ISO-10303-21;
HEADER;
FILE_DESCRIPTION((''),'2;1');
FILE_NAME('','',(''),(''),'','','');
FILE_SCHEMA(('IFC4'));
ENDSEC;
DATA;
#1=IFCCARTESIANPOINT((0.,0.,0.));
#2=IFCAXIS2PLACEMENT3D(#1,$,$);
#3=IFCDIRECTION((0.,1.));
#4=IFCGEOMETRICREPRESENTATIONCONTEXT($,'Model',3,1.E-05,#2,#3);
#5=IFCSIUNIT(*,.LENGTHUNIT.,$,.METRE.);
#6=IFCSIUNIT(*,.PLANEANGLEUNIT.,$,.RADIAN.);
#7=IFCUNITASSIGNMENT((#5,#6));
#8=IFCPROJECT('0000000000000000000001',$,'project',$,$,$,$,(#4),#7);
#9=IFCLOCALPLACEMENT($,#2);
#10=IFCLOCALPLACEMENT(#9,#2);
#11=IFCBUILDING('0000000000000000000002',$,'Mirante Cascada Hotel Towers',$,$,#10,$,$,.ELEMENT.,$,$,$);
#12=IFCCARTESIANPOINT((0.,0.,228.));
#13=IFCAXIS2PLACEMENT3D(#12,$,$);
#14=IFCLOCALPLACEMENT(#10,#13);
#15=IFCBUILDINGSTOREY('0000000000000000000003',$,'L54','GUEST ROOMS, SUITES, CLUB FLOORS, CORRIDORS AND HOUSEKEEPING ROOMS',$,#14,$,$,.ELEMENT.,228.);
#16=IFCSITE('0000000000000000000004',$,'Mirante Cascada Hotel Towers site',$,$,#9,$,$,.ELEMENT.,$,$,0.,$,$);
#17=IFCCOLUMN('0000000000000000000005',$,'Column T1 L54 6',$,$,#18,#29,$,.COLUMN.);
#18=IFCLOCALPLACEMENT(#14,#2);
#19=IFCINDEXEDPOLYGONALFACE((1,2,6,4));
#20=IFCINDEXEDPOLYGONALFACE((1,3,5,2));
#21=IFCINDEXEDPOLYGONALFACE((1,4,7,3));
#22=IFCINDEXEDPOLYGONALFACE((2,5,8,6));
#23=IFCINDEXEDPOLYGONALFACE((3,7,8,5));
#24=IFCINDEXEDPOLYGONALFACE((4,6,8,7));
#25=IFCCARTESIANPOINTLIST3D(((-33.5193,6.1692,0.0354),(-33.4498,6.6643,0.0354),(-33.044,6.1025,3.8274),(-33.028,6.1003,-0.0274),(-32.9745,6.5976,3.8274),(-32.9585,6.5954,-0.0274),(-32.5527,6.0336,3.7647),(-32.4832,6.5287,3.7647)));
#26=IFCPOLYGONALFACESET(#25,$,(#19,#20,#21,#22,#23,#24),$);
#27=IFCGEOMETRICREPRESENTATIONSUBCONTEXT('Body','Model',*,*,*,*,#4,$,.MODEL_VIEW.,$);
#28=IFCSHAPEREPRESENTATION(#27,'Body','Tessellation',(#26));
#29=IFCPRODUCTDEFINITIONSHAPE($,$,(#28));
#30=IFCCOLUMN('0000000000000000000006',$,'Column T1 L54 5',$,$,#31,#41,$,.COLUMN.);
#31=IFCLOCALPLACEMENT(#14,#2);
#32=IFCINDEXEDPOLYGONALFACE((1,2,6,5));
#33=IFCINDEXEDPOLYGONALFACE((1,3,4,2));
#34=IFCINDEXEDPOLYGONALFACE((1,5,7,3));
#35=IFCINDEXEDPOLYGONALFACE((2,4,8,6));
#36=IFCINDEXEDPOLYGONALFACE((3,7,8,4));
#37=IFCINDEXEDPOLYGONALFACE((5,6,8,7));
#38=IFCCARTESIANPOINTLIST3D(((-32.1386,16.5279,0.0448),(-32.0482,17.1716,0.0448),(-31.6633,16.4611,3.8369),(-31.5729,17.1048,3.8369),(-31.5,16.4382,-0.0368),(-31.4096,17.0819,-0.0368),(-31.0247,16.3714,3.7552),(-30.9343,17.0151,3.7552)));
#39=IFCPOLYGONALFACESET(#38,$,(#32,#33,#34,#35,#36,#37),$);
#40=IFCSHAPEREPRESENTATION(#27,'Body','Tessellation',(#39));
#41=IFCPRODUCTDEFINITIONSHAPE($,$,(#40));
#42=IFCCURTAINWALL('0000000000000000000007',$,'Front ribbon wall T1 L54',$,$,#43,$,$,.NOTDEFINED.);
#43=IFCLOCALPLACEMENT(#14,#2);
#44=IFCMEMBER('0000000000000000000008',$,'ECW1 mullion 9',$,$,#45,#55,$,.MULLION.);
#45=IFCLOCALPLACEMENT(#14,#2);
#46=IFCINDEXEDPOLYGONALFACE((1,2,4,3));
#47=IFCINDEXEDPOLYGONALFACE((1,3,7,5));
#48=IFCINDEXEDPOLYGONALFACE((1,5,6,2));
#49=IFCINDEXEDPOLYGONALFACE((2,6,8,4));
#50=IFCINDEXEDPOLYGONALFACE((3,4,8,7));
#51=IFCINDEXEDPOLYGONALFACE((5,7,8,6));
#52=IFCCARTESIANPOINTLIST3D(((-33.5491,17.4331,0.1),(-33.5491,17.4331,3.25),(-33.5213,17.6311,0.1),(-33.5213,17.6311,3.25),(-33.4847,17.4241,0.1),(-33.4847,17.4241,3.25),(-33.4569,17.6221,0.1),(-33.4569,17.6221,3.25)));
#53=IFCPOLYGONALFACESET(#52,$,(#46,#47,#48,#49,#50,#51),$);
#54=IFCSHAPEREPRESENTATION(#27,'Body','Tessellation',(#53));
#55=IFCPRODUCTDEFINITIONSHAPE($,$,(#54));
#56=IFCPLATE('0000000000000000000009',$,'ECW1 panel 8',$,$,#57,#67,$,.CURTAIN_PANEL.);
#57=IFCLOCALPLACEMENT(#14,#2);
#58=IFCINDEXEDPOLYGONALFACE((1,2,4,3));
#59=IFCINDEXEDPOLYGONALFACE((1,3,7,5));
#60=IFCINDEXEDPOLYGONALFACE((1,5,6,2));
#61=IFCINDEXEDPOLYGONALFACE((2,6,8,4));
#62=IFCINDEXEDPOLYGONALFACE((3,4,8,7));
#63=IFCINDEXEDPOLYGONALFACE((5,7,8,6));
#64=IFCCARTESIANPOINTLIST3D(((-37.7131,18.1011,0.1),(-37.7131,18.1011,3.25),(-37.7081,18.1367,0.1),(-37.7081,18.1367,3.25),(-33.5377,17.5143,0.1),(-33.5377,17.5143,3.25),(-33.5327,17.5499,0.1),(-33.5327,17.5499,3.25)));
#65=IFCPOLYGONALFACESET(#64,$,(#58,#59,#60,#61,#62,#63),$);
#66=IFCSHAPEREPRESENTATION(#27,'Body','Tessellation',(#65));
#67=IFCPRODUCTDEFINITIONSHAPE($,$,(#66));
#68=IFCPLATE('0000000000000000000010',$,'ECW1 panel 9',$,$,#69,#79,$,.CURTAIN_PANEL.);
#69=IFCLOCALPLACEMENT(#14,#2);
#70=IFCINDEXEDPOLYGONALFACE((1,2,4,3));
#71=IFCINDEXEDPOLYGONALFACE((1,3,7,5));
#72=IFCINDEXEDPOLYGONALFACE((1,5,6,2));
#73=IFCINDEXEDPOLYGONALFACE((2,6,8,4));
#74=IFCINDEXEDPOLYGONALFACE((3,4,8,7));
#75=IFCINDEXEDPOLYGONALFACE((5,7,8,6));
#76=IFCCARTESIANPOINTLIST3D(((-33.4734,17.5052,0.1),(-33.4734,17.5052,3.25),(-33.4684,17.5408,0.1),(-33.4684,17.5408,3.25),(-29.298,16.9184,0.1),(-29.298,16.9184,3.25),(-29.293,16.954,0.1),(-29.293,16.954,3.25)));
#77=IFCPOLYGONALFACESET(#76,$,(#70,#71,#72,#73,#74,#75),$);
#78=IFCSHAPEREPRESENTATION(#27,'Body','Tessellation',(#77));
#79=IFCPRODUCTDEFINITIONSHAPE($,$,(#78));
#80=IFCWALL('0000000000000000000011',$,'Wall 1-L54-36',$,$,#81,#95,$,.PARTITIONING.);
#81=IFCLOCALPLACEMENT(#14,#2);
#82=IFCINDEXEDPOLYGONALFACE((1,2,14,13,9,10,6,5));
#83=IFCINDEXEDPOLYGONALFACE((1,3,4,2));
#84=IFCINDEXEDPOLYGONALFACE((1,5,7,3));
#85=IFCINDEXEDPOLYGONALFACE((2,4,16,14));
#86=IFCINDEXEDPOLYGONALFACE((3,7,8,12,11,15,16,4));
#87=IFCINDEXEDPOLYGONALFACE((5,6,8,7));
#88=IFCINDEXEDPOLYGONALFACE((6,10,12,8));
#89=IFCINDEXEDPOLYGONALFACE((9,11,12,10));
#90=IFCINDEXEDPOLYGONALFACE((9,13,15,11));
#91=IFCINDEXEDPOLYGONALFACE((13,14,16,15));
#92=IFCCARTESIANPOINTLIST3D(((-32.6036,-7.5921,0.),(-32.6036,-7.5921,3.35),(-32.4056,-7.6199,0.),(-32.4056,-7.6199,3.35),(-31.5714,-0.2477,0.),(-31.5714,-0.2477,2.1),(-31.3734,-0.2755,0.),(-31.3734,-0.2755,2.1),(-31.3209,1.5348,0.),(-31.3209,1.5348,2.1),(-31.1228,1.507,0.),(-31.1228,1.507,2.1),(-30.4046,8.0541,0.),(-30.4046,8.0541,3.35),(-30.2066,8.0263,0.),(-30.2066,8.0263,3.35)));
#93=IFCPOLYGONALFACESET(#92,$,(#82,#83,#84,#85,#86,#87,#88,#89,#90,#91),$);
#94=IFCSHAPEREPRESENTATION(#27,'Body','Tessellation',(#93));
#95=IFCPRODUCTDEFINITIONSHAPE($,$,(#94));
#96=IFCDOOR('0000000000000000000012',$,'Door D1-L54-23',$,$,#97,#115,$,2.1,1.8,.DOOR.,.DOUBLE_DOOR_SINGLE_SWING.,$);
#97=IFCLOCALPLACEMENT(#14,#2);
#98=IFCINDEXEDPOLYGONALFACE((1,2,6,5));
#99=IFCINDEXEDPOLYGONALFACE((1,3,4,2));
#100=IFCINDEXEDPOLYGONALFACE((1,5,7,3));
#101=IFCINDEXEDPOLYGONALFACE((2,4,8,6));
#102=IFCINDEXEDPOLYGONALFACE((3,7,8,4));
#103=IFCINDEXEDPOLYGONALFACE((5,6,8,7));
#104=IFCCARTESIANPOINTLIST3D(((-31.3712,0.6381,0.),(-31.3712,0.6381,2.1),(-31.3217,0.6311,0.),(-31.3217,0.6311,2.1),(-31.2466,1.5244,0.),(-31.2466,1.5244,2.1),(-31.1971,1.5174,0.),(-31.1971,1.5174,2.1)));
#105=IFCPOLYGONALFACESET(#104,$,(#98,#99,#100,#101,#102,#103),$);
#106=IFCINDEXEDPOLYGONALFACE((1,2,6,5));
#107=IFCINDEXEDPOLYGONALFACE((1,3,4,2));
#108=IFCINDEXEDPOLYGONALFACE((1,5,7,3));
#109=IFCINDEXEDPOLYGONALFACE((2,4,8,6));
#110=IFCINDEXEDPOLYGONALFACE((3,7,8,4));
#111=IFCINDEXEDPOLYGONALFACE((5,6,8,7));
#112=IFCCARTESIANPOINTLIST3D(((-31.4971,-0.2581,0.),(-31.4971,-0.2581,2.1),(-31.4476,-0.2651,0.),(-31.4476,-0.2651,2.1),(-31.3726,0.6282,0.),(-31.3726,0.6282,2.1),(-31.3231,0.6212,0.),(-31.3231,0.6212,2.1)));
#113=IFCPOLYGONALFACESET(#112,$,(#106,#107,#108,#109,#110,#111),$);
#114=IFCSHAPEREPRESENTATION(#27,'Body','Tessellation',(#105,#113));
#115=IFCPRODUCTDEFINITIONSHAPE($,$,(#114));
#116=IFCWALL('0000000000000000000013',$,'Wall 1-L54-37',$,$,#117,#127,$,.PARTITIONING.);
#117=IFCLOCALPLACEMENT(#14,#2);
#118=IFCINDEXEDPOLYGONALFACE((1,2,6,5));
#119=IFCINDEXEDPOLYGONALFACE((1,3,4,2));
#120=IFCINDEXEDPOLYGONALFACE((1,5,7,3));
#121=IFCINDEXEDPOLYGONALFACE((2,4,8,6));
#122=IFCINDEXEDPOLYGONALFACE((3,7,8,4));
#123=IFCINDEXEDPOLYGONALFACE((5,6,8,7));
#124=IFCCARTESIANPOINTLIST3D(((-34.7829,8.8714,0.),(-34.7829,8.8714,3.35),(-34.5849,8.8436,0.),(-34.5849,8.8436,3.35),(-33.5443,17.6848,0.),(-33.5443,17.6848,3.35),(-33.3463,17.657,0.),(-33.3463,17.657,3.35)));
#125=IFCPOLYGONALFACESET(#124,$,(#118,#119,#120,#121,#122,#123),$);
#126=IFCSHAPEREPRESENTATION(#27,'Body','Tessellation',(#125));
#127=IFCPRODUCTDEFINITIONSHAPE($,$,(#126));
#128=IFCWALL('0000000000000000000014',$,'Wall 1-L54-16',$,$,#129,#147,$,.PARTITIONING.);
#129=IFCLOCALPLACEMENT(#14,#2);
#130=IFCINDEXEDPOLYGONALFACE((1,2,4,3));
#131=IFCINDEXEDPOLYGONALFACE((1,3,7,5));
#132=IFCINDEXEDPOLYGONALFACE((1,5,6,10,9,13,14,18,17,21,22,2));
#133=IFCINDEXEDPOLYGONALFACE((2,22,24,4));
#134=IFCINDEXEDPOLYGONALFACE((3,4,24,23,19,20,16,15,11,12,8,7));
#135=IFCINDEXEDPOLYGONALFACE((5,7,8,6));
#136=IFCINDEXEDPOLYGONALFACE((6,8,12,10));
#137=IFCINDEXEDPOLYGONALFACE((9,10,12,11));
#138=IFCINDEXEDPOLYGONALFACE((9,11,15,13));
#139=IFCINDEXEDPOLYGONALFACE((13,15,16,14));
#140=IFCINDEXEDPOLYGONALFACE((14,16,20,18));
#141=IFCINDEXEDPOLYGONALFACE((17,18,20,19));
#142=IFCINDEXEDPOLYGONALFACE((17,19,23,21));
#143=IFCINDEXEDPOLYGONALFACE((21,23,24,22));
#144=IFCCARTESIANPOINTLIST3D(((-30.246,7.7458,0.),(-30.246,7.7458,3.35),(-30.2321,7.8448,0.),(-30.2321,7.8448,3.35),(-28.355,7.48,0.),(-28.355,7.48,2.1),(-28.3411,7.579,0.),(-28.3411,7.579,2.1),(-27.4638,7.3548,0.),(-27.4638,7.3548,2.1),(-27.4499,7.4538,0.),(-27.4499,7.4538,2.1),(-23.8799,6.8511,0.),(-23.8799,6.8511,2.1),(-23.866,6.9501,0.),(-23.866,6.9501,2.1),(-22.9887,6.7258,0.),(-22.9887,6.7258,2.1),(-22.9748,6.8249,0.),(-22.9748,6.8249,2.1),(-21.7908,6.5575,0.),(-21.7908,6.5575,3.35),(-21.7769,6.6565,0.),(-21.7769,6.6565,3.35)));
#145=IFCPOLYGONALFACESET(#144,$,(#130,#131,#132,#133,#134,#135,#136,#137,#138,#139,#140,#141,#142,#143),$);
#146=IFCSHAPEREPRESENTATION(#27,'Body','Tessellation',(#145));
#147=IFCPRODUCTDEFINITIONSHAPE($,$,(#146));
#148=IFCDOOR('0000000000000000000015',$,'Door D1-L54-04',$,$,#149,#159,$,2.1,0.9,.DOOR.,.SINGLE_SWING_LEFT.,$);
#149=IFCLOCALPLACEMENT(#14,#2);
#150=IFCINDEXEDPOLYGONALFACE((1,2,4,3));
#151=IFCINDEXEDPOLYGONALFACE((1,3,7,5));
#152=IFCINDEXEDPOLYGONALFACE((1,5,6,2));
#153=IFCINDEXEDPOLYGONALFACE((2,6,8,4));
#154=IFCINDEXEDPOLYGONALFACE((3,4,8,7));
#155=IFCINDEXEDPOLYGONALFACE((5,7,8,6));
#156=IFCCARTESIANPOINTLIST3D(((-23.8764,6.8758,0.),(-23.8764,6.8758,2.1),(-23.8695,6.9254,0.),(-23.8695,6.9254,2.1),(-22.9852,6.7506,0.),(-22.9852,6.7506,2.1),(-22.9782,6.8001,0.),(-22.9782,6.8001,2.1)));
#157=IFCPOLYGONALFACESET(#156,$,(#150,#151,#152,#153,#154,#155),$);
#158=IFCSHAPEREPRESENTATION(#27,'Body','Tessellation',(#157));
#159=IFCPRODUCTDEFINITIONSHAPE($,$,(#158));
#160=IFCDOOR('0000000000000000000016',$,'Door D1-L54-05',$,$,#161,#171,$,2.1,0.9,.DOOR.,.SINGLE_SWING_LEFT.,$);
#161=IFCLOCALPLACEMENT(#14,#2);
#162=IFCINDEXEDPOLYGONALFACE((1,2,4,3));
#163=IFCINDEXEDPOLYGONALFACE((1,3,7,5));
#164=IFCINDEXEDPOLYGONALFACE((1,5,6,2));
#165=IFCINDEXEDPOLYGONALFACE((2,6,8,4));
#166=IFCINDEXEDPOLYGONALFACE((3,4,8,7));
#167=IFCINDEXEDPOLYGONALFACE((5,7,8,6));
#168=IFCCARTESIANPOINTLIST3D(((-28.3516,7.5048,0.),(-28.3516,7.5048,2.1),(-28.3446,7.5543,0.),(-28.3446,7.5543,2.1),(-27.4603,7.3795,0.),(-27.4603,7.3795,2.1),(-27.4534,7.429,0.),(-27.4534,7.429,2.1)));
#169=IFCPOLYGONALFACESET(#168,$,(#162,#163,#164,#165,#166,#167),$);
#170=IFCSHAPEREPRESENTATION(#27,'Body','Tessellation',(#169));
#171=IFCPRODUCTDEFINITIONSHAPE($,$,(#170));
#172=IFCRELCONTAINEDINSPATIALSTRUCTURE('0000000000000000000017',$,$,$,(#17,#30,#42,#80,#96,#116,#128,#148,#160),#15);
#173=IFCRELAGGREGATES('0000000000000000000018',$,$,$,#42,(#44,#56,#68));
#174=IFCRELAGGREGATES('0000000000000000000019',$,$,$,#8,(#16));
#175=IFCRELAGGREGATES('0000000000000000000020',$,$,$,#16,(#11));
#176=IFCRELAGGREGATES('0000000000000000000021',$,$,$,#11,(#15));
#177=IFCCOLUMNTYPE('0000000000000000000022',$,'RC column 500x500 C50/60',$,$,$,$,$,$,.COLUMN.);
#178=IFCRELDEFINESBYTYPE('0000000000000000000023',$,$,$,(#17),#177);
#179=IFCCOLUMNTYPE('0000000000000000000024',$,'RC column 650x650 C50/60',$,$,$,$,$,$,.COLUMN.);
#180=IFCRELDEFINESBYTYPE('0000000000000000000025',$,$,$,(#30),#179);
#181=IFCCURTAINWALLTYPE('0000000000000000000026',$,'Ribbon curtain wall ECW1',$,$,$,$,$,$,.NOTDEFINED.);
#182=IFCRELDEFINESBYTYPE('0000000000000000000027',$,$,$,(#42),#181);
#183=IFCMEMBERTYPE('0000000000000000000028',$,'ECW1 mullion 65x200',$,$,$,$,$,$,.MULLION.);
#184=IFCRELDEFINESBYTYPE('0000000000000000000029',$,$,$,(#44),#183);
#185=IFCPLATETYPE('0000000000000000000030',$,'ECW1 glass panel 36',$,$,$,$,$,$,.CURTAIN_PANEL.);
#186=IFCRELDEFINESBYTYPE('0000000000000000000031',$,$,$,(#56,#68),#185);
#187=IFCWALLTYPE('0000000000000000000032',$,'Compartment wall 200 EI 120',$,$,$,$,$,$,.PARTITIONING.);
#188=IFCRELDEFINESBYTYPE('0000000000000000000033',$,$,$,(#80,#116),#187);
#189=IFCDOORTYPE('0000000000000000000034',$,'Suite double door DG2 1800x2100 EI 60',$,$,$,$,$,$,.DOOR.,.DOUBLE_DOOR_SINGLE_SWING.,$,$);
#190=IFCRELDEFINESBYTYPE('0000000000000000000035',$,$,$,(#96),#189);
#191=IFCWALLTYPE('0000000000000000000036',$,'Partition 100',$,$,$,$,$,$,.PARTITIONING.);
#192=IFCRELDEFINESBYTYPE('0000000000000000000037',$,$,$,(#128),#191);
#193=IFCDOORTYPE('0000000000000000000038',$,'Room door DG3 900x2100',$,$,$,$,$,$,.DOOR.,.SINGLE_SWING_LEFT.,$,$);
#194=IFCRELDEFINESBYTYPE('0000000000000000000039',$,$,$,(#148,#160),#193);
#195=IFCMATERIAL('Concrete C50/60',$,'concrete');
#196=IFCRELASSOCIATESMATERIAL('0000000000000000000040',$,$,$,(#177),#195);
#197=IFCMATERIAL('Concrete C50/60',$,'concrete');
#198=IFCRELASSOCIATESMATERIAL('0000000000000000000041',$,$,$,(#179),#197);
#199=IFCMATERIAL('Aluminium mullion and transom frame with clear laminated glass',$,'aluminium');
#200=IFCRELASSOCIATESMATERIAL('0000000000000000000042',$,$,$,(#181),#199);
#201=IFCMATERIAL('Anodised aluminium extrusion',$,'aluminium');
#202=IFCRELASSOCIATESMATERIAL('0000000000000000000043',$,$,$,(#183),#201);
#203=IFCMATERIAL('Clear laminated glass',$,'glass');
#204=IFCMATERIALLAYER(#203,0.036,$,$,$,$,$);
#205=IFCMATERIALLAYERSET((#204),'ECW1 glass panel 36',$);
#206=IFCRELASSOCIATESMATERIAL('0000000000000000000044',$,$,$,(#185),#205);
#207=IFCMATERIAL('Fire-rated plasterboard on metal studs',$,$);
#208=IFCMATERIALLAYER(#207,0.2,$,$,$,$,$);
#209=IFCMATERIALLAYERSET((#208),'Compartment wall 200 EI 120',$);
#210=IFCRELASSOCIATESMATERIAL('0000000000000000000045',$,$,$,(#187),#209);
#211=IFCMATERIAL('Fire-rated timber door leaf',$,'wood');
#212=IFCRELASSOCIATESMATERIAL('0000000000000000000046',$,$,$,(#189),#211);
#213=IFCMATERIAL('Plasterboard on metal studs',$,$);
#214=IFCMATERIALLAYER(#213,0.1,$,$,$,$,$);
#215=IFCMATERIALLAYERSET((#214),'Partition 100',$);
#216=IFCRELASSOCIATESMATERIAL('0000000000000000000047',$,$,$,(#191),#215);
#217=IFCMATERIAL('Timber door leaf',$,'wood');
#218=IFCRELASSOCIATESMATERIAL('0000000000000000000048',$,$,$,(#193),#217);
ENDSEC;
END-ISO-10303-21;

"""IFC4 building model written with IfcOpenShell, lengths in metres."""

from ifc_helpers import new_model, si_unit, direction, frame, frame_2d, origin, origin_2d, place, context, subcontext, project, spatial, rectangle, extrude, material, layer, layer_set, material_profile, profile_set, type_object, element, fill, aggregate, save


model = new_model("IFC4")

# Units and contexts
model_context = context("Model", 3, precision=1e-05, world=origin(), true_north=direction((0.0, 1.0)))
body_context = subcontext(model_context, "Body", "Model", "MODEL_VIEW")
ifc_project = project(units=[si_unit("LENGTHUNIT", "METRE"), si_unit("PLANEANGLEUNIT", "RADIAN")], contexts=[model_context])

# Site, building, storey
site_placement = place(None, origin())
site = spatial("IfcSite", under=ifc_project, at=site_placement, Name="Mirante Cascada Hotel Towers site", CompositionType="ELEMENT", RefElevation=0.0)
building_placement = place(site_placement, origin())
building = spatial("IfcBuilding", under=site, at=building_placement, Name="Mirante Cascada Hotel Towers", CompositionType="ELEMENT")
storey_placement = place(building_placement, frame((0.0, 0.0, 228.0)))
storey = spatial("IfcBuildingStorey", under=building, at=storey_placement, Name="L54", Description="GUEST ROOMS, SUITES, CLUB FLOORS, CORRIDORS AND HOUSEKEEPING ROOMS", CompositionType="ELEMENT", Elevation=228.0)

# Columns
ifc_material_1 = material(Name="Concrete C50/60", Category="concrete")
ifc_material_profile_1 = material_profile(ifc_material_1, rectangle(XDim=0.5, YDim=0.5, at=origin_2d()), Name="RC column 500x500 C50/60")
ifc_profile_set_1 = profile_set([ifc_material_profile_1], Name="Concrete C50/60")
column_type_1 = type_object("IfcColumnType", Name="RC column 500x500 C50/60", PredefinedType="COLUMN", material=ifc_profile_set_1)
column_1_placement = place(storey_placement, frame((-33.2389, 6.3823, 0.004), z_axis=(0.124351, -0.01745, 0.992085), x_axis=(0.138971, 0.990297, 0.0)))
element("IfcColumn", 1, at=column_1_placement, inside=storey, type_object=column_type_1, Name="Column T1 L54 6", PredefinedType="COLUMN", context=body_context, shape_type="SweptSolid", body=[
    extrude(rectangle(XDim=0.5, YDim=0.5, at=origin_2d()), origin(), (0.0, 0.0, 1.0), 3.8223),
])
ifc_material_2 = material(Name="Concrete C50/60", Category="concrete")
ifc_material_profile_2 = material_profile(ifc_material_2, rectangle(XDim=0.65, YDim=0.65, at=origin_2d()), Name="RC column 650x650 C50/60")
ifc_profile_set_2 = profile_set([ifc_material_profile_2], Name="Concrete C50/60")
column_type_2 = type_object("IfcColumnType", Name="RC column 650x650 C50/60", PredefinedType="COLUMN", material=ifc_profile_set_2)
column_2_placement = place(storey_placement, frame((-31.7741, 16.8049, 0.004), z_axis=(0.124351, -0.017477, 0.992084), x_axis=(0.139175, 0.990268, 0.0)))
element("IfcColumn", 2, at=column_2_placement, inside=storey, type_object=column_type_2, Name="Column T1 L54 5", PredefinedType="COLUMN", context=body_context, shape_type="SweptSolid", body=[
    extrude(rectangle(XDim=0.65, YDim=0.65, at=origin_2d()), origin(), (0.0, 0.0, 1.0), 3.8223),
])

# Curtain wall, member, plates
ifc_material_3 = material(Name="Aluminium mullion and transom frame with clear laminated glass", Category="aluminium")
curtain_wall_type = type_object("IfcCurtainWallType", Name="Ribbon curtain wall ECW1", PredefinedType="NOTDEFINED", material=ifc_material_3)
curtain_wall_placement = place(storey_placement, origin())
curtain_wall = element("IfcCurtainWall", 3, at=curtain_wall_placement, inside=storey, type_object=curtain_wall_type, Name="Front ribbon wall T1 L54", PredefinedType="NOTDEFINED")
ifc_material_4 = material(Name="Anodised aluminium extrusion", Category="aluminium")
ifc_material_profile_3 = material_profile(ifc_material_4, rectangle(XDim=0.2, YDim=0.065, at=origin_2d()), Name="ECW1 MULLION 65x200")
ifc_profile_set_3 = profile_set([ifc_material_profile_3], Name="Anodised aluminium extrusion")
member_type = type_object("IfcMemberType", Name="ECW1 mullion 65x200", PredefinedType="MULLION", material=ifc_profile_set_3)
member_placement = place(storey_placement, frame((-33.503, 17.5276, 0.1), z_axis=(0.0, 0.0, 1.0), x_axis=(0.139173, 0.990268, 0.0)))
member = element("IfcMember", 4, at=member_placement, type_object=member_type, Name="ECW1 mullion 9", PredefinedType="MULLION", context=body_context, shape_type="SweptSolid", body=[
    extrude(rectangle(XDim=0.2, YDim=0.065, at=origin_2d()), origin(), (0.0, 0.0, 1.0), 3.15),
])
ifc_material_5 = material(Name="Clear laminated glass", Category="glass")
ifc_layer_1 = layer(ifc_material_5, 0.036)
ifc_layer_set_1 = layer_set([ifc_layer_1], Name="ECW1 glass panel 36")
plate_type = type_object("IfcPlateType", Name="ECW1 glass panel 36", PredefinedType="CURTAIN_PANEL", material=ifc_layer_set_1)
plate_1_placement = place(storey_placement, frame((-35.6229, 17.8255, 0.1), z_axis=(0.0, 0.0, 1.0), x_axis=(0.990268, -0.139173, 0.0)))
plate_1 = element("IfcPlate", 5, at=plate_1_placement, type_object=plate_type, Name="ECW1 panel 8", PredefinedType="CURTAIN_PANEL", context=body_context, shape_type="SweptSolid", body=[
    extrude(rectangle(XDim=4.2164, YDim=0.036, at=origin_2d()), origin(), (0.0, 0.0, 1.0), 3.15),
])
plate_2_placement = place(storey_placement, frame((-31.3832, 17.2296, 0.1), z_axis=(0.0, 0.0, 1.0), x_axis=(0.990268, -0.139173, 0.0)))
plate_2 = element("IfcPlate", 6, at=plate_2_placement, type_object=plate_type, Name="ECW1 panel 9", PredefinedType="CURTAIN_PANEL", context=body_context, shape_type="SweptSolid", body=[
    extrude(rectangle(XDim=4.2164, YDim=0.036, at=origin_2d()), origin(), (0.0, 0.0, 1.0), 3.15),
])
aggregate(curtain_wall, [member, plate_1, plate_2])

# Wall, opening, door
ifc_material_6 = material(Name="Fire-rated plasterboard on metal studs")
ifc_layer_2 = layer(ifc_material_6, 0.2)
ifc_layer_set_2 = layer_set([ifc_layer_2], Name="Compartment wall 200 EI 120")
wall_type_1 = type_object("IfcWallType", Name="Compartment wall 200 EI 120", PredefinedType="PARTITIONING", material=ifc_layer_set_2)
wall_1_placement = place(storey_placement, frame((-30.3056, 8.0402, 0.0), z_axis=(0.0, 0.0, 1.0), x_axis=(-0.139177, -0.990267, 0.0)))
wall_1 = element("IfcWall", 7, at=wall_1_placement, inside=storey, type_object=wall_type_1, Name="Wall 1-L54-36", PredefinedType="PARTITIONING", context=body_context, shape_type="SweptSolid", body=[
    extrude(rectangle(XDim=15.8, YDim=0.2, at=frame_2d((7.9, 0.0))), origin(), (0.0, 0.0, 1.0), 3.35),
])
opening_1_placement = place(wall_1_placement, frame((6.5834, 0.0, 0.0)))
opening_1 = element("IfcOpeningElement", 8, at=opening_1_placement, cuts=wall_1, PredefinedType="OPENING", context=body_context, shape_type="SweptSolid", body=[
    extrude(rectangle(XDim=1.8, YDim=2.1, at=frame_2d((0.9, 1.05))), frame((0.0, 0.1, 0.0), z_axis=(0.0, -1.0, 0.0), x_axis=(1.0, 0.0, 0.0)), (0.0, 0.0, 1.0), 0.2),
])
ifc_material_7 = material(Name="Fire-rated timber door leaf", Category="wood")
door_type_1 = type_object("IfcDoorType", Name="Suite double door DG2 1800x2100 EI 60", OperationType="DOUBLE_DOOR_SINGLE_SWING", PredefinedType="DOOR", material=ifc_material_7)
door_1_placement = place(opening_1_placement, origin())
door_1 = element("IfcDoor", 9, at=door_1_placement, inside=storey, type_object=door_type_1, Name="Door D1-L54-23", OperationType="DOUBLE_DOOR_SINGLE_SWING", OverallHeight=2.1, OverallWidth=1.8, PredefinedType="DOOR", context=body_context, shape_type="SweptSolid", body=[
    extrude(rectangle(XDim=0.895, YDim=2.1, at=frame_2d((0.4475, 1.05))), frame((0.0, 0.025, 0.0), z_axis=(0.0, -1.0, 0.0), x_axis=(1.0, 0.0, 0.0)), (0.0, 0.0, 1.0), 0.05),
    extrude(rectangle(XDim=0.895, YDim=2.1, at=frame_2d((1.3525, 1.05))), frame((0.0, 0.025, 0.0), z_axis=(0.0, -1.0, 0.0), x_axis=(1.0, 0.0, 0.0)), (0.0, 0.0, 1.0), 0.05),
])
fill(opening_1, door_1)

# Wall
wall_2_placement = place(storey_placement, frame((-34.6839, 8.8575, 0.0), z_axis=(0.0, 0.0, 1.0), x_axis=(0.139168, 0.990269, 0.0)))
element("IfcWall", 10, at=wall_2_placement, inside=storey, type_object=wall_type_1, Name="Wall 1-L54-37", PredefinedType="PARTITIONING", context=body_context, shape_type="SweptSolid", body=[
    extrude(rectangle(XDim=8.9, YDim=0.2, at=frame_2d((4.45, 0.0))), origin(), (0.0, 0.0, 1.0), 3.35),
])

# Wall, openings, doors
ifc_material_8 = material(Name="Plasterboard on metal studs")
ifc_layer_3 = layer(ifc_material_8, 0.1)
ifc_layer_set_3 = layer_set([ifc_layer_3], Name="Partition 100")
wall_type_2 = type_object("IfcWallType", Name="Partition 100", PredefinedType="PARTITIONING", material=ifc_layer_set_3)
wall_3_placement = place(storey_placement, frame((-30.2391, 7.7953, 0.0), z_axis=(0.0, 0.0, 1.0), x_axis=(0.990268, -0.139173, 0.0)))
wall_3 = element("IfcWall", 11, at=wall_3_placement, inside=storey, type_object=wall_type_2, Name="Wall 1-L54-16", PredefinedType="PARTITIONING", context=body_context, shape_type="SweptSolid", body=[
    extrude(rectangle(XDim=8.5383, YDim=0.1, at=frame_2d((4.2692, 0.0))), origin(), (0.0, 0.0, 1.0), 3.35),
])
opening_2_placement = place(wall_3_placement, frame((6.4287, 0.0, 0.0)))
opening_2 = element("IfcOpeningElement", 12, at=opening_2_placement, cuts=wall_3, PredefinedType="OPENING", context=body_context, shape_type="SweptSolid", body=[
    extrude(rectangle(XDim=0.9, YDim=2.1, at=frame_2d((0.45, 1.05))), frame((0.0, 0.05, 0.0), z_axis=(0.0, -1.0, 0.0), x_axis=(1.0, 0.0, 0.0)), (0.0, 0.0, 1.0), 0.1),
])
opening_3_placement = place(wall_3_placement, frame((1.9096, 0.0, 0.0)))
opening_3 = element("IfcOpeningElement", 13, at=opening_3_placement, cuts=wall_3, PredefinedType="OPENING", context=body_context, shape_type="SweptSolid", body=[
    extrude(rectangle(XDim=0.9, YDim=2.1, at=frame_2d((0.45, 1.05))), frame((0.0, 0.05, 0.0), z_axis=(0.0, -1.0, 0.0), x_axis=(1.0, 0.0, 0.0)), (0.0, 0.0, 1.0), 0.1),
])
ifc_material_9 = material(Name="Timber door leaf", Category="wood")
door_type_2 = type_object("IfcDoorType", Name="Room door DG3 900x2100", OperationType="SINGLE_SWING_LEFT", PredefinedType="DOOR", material=ifc_material_9)
door_2_placement = place(opening_2_placement, origin())
door_2 = element("IfcDoor", 14, at=door_2_placement, inside=storey, type_object=door_type_2, Name="Door D1-L54-04", OperationType="SINGLE_SWING_LEFT", OverallHeight=2.1, OverallWidth=0.9, PredefinedType="DOOR", context=body_context, shape_type="SweptSolid", body=[
    extrude(rectangle(XDim=0.9, YDim=2.1, at=frame_2d((0.45, 1.05))), frame((0.0, 0.025, 0.0), z_axis=(0.0, -1.0, 0.0), x_axis=(1.0, 0.0, 0.0)), (0.0, 0.0, 1.0), 0.05),
])
fill(opening_2, door_2)
door_3_placement = place(opening_3_placement, origin())
door_3 = element("IfcDoor", 15, at=door_3_placement, inside=storey, type_object=door_type_2, Name="Door D1-L54-05", OperationType="SINGLE_SWING_LEFT", OverallHeight=2.1, OverallWidth=0.9, PredefinedType="DOOR", context=body_context, shape_type="SweptSolid", body=[
    extrude(rectangle(XDim=0.9, YDim=2.1, at=frame_2d((0.45, 1.05))), frame((0.0, 0.025, 0.0), z_axis=(0.0, -1.0, 0.0), x_axis=(1.0, 0.0, 0.0)), (0.0, 0.0, 1.0), 0.05),
])
fill(opening_3, door_3)

save(model, "model.ifc")
